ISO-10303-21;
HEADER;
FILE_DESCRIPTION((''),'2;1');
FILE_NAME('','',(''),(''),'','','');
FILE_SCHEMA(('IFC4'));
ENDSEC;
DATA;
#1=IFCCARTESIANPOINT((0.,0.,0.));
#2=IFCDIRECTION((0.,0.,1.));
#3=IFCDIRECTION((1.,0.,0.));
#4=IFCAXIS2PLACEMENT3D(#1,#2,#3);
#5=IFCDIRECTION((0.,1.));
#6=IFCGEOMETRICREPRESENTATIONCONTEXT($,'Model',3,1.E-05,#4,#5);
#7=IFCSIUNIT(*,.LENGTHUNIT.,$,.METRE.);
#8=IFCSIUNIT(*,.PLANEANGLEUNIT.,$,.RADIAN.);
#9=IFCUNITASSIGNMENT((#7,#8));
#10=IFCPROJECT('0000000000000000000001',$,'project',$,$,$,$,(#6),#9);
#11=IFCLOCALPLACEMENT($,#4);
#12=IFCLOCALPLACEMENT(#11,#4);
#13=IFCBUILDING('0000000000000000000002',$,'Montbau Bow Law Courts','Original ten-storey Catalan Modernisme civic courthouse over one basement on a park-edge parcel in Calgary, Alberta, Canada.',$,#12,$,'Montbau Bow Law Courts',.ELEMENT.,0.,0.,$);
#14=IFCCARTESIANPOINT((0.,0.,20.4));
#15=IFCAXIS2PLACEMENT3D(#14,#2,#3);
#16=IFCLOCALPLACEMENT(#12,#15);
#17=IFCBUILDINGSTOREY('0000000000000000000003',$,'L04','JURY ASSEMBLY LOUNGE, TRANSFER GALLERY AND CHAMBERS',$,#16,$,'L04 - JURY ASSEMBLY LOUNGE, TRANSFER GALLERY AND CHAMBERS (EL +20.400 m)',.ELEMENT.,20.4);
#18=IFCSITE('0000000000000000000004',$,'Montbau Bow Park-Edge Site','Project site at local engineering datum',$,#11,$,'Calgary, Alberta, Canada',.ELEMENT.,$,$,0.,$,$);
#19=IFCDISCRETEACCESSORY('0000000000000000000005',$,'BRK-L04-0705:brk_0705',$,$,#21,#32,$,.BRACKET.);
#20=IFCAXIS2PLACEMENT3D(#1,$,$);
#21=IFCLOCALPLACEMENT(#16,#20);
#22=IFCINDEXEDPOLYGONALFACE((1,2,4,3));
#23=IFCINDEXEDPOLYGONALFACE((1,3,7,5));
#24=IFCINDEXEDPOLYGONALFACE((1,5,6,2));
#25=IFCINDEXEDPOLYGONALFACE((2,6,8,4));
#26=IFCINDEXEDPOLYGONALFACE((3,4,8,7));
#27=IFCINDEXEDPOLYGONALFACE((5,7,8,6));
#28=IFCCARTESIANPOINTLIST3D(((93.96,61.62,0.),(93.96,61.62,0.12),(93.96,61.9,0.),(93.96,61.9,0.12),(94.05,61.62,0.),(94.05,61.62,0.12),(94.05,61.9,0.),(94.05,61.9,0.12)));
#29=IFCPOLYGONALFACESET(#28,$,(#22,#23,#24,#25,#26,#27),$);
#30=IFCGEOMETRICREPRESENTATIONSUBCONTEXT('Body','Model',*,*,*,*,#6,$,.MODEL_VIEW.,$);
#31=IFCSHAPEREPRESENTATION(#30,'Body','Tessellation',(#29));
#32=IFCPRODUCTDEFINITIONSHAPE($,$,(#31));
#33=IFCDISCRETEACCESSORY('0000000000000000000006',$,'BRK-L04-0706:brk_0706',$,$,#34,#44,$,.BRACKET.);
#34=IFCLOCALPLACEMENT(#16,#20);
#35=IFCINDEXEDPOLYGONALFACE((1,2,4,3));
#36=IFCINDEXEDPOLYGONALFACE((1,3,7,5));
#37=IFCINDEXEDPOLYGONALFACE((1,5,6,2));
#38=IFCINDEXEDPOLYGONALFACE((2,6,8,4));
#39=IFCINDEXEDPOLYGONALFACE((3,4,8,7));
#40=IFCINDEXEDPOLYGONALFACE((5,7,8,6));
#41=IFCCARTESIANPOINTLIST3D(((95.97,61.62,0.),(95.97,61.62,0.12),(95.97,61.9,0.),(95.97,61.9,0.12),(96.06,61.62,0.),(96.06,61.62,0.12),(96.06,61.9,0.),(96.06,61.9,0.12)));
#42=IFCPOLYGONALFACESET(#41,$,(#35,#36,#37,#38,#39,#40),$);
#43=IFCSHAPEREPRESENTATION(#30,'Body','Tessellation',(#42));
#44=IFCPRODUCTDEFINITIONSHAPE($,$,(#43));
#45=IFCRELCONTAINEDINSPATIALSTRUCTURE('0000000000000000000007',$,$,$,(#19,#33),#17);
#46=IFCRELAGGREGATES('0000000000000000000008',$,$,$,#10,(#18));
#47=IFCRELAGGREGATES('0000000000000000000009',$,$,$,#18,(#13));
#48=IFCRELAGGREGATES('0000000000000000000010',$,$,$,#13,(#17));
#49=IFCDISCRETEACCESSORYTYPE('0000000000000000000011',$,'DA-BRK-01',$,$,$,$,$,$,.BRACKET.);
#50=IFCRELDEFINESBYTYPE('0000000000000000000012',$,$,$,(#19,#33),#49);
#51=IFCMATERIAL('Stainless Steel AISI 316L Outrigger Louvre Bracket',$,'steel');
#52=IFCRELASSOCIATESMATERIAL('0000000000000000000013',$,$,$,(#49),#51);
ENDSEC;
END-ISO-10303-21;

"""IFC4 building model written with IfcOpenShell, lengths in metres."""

from ifc_helpers import new_model, si_unit, direction, frame, origin_with_axes, origin_2d_with_axis, place, context, subcontext, project, spatial, rectangle, extrude, material, type_object, element, save


model = new_model("IFC4")

# Units and contexts
model_context = context("Model", 3, precision=1e-05, world=origin_with_axes(), true_north=direction((0.0, 1.0)))
body_context = subcontext(model_context, "Body", "Model", "MODEL_VIEW")
ifc_project = project(units=[si_unit("LENGTHUNIT", "METRE"), si_unit("PLANEANGLEUNIT", "RADIAN")], contexts=[model_context])

# Site, building, storey
site_placement = place(None, origin_with_axes())
site = spatial("IfcSite", under=ifc_project, at=site_placement, Name="Montbau Bow Park-Edge Site", Description="Project site at local engineering datum", LongName="Calgary, Alberta, Canada", CompositionType="ELEMENT", RefElevation=0.0)
building_placement = place(site_placement, origin_with_axes())
building = spatial("IfcBuilding", under=site, at=building_placement, Name="Montbau Bow Law Courts", Description="Original ten-storey Catalan Modernisme civic courthouse over one basement on a park-edge parcel in Calgary, Alberta, Canada.", LongName="Montbau Bow Law Courts", CompositionType="ELEMENT", ElevationOfRefHeight=0.0, ElevationOfTerrain=0.0)
storey_placement = place(building_placement, frame((0.0, 0.0, 20.4), z_axis=(0.0, 0.0, 1.0), x_axis=(1.0, 0.0, 0.0)))
storey = spatial("IfcBuildingStorey", under=building, at=storey_placement, Name="L04", Description="JURY ASSEMBLY LOUNGE, TRANSFER GALLERY AND CHAMBERS", LongName="L04 - JURY ASSEMBLY LOUNGE, TRANSFER GALLERY AND CHAMBERS (EL +20.400 m)", CompositionType="ELEMENT", Elevation=20.4)

# Discrete accessories
ifc_material_1 = material(Name="Stainless Steel AISI 316L Outrigger Louvre Bracket", Category="steel")
discrete_accessory_type = type_object("IfcDiscreteAccessoryType", Name="DA-BRK-01", PredefinedType="BRACKET", material=ifc_material_1)
for number, where, z_axis, x_axis, name in (
    (1, (94.005, 61.76, 20.4), (0.0, 0.0, 1.0), (0.0, 1.0, 0.0), "BRK-L04-0705:brk_0705"),
    (2, (96.015, 61.76, 20.4), (0.0, 0.0, 1.0), (0.0, 1.0, 0.0), "BRK-L04-0706:brk_0706"),
):
    element("IfcDiscreteAccessory", number, at=place(None, frame(where, z_axis=z_axis, x_axis=x_axis)), inside=storey, type_object=discrete_accessory_type, Name=name, PredefinedType="BRACKET", context=body_context, shape_type="SweptSolid", body=[
        extrude(rectangle(XDim=0.28, YDim=0.09, at=origin_2d_with_axis()), origin_with_axes(), (0.0, 0.0, 1.0), 0.12),
    ])

save(model, "model.ifc")
